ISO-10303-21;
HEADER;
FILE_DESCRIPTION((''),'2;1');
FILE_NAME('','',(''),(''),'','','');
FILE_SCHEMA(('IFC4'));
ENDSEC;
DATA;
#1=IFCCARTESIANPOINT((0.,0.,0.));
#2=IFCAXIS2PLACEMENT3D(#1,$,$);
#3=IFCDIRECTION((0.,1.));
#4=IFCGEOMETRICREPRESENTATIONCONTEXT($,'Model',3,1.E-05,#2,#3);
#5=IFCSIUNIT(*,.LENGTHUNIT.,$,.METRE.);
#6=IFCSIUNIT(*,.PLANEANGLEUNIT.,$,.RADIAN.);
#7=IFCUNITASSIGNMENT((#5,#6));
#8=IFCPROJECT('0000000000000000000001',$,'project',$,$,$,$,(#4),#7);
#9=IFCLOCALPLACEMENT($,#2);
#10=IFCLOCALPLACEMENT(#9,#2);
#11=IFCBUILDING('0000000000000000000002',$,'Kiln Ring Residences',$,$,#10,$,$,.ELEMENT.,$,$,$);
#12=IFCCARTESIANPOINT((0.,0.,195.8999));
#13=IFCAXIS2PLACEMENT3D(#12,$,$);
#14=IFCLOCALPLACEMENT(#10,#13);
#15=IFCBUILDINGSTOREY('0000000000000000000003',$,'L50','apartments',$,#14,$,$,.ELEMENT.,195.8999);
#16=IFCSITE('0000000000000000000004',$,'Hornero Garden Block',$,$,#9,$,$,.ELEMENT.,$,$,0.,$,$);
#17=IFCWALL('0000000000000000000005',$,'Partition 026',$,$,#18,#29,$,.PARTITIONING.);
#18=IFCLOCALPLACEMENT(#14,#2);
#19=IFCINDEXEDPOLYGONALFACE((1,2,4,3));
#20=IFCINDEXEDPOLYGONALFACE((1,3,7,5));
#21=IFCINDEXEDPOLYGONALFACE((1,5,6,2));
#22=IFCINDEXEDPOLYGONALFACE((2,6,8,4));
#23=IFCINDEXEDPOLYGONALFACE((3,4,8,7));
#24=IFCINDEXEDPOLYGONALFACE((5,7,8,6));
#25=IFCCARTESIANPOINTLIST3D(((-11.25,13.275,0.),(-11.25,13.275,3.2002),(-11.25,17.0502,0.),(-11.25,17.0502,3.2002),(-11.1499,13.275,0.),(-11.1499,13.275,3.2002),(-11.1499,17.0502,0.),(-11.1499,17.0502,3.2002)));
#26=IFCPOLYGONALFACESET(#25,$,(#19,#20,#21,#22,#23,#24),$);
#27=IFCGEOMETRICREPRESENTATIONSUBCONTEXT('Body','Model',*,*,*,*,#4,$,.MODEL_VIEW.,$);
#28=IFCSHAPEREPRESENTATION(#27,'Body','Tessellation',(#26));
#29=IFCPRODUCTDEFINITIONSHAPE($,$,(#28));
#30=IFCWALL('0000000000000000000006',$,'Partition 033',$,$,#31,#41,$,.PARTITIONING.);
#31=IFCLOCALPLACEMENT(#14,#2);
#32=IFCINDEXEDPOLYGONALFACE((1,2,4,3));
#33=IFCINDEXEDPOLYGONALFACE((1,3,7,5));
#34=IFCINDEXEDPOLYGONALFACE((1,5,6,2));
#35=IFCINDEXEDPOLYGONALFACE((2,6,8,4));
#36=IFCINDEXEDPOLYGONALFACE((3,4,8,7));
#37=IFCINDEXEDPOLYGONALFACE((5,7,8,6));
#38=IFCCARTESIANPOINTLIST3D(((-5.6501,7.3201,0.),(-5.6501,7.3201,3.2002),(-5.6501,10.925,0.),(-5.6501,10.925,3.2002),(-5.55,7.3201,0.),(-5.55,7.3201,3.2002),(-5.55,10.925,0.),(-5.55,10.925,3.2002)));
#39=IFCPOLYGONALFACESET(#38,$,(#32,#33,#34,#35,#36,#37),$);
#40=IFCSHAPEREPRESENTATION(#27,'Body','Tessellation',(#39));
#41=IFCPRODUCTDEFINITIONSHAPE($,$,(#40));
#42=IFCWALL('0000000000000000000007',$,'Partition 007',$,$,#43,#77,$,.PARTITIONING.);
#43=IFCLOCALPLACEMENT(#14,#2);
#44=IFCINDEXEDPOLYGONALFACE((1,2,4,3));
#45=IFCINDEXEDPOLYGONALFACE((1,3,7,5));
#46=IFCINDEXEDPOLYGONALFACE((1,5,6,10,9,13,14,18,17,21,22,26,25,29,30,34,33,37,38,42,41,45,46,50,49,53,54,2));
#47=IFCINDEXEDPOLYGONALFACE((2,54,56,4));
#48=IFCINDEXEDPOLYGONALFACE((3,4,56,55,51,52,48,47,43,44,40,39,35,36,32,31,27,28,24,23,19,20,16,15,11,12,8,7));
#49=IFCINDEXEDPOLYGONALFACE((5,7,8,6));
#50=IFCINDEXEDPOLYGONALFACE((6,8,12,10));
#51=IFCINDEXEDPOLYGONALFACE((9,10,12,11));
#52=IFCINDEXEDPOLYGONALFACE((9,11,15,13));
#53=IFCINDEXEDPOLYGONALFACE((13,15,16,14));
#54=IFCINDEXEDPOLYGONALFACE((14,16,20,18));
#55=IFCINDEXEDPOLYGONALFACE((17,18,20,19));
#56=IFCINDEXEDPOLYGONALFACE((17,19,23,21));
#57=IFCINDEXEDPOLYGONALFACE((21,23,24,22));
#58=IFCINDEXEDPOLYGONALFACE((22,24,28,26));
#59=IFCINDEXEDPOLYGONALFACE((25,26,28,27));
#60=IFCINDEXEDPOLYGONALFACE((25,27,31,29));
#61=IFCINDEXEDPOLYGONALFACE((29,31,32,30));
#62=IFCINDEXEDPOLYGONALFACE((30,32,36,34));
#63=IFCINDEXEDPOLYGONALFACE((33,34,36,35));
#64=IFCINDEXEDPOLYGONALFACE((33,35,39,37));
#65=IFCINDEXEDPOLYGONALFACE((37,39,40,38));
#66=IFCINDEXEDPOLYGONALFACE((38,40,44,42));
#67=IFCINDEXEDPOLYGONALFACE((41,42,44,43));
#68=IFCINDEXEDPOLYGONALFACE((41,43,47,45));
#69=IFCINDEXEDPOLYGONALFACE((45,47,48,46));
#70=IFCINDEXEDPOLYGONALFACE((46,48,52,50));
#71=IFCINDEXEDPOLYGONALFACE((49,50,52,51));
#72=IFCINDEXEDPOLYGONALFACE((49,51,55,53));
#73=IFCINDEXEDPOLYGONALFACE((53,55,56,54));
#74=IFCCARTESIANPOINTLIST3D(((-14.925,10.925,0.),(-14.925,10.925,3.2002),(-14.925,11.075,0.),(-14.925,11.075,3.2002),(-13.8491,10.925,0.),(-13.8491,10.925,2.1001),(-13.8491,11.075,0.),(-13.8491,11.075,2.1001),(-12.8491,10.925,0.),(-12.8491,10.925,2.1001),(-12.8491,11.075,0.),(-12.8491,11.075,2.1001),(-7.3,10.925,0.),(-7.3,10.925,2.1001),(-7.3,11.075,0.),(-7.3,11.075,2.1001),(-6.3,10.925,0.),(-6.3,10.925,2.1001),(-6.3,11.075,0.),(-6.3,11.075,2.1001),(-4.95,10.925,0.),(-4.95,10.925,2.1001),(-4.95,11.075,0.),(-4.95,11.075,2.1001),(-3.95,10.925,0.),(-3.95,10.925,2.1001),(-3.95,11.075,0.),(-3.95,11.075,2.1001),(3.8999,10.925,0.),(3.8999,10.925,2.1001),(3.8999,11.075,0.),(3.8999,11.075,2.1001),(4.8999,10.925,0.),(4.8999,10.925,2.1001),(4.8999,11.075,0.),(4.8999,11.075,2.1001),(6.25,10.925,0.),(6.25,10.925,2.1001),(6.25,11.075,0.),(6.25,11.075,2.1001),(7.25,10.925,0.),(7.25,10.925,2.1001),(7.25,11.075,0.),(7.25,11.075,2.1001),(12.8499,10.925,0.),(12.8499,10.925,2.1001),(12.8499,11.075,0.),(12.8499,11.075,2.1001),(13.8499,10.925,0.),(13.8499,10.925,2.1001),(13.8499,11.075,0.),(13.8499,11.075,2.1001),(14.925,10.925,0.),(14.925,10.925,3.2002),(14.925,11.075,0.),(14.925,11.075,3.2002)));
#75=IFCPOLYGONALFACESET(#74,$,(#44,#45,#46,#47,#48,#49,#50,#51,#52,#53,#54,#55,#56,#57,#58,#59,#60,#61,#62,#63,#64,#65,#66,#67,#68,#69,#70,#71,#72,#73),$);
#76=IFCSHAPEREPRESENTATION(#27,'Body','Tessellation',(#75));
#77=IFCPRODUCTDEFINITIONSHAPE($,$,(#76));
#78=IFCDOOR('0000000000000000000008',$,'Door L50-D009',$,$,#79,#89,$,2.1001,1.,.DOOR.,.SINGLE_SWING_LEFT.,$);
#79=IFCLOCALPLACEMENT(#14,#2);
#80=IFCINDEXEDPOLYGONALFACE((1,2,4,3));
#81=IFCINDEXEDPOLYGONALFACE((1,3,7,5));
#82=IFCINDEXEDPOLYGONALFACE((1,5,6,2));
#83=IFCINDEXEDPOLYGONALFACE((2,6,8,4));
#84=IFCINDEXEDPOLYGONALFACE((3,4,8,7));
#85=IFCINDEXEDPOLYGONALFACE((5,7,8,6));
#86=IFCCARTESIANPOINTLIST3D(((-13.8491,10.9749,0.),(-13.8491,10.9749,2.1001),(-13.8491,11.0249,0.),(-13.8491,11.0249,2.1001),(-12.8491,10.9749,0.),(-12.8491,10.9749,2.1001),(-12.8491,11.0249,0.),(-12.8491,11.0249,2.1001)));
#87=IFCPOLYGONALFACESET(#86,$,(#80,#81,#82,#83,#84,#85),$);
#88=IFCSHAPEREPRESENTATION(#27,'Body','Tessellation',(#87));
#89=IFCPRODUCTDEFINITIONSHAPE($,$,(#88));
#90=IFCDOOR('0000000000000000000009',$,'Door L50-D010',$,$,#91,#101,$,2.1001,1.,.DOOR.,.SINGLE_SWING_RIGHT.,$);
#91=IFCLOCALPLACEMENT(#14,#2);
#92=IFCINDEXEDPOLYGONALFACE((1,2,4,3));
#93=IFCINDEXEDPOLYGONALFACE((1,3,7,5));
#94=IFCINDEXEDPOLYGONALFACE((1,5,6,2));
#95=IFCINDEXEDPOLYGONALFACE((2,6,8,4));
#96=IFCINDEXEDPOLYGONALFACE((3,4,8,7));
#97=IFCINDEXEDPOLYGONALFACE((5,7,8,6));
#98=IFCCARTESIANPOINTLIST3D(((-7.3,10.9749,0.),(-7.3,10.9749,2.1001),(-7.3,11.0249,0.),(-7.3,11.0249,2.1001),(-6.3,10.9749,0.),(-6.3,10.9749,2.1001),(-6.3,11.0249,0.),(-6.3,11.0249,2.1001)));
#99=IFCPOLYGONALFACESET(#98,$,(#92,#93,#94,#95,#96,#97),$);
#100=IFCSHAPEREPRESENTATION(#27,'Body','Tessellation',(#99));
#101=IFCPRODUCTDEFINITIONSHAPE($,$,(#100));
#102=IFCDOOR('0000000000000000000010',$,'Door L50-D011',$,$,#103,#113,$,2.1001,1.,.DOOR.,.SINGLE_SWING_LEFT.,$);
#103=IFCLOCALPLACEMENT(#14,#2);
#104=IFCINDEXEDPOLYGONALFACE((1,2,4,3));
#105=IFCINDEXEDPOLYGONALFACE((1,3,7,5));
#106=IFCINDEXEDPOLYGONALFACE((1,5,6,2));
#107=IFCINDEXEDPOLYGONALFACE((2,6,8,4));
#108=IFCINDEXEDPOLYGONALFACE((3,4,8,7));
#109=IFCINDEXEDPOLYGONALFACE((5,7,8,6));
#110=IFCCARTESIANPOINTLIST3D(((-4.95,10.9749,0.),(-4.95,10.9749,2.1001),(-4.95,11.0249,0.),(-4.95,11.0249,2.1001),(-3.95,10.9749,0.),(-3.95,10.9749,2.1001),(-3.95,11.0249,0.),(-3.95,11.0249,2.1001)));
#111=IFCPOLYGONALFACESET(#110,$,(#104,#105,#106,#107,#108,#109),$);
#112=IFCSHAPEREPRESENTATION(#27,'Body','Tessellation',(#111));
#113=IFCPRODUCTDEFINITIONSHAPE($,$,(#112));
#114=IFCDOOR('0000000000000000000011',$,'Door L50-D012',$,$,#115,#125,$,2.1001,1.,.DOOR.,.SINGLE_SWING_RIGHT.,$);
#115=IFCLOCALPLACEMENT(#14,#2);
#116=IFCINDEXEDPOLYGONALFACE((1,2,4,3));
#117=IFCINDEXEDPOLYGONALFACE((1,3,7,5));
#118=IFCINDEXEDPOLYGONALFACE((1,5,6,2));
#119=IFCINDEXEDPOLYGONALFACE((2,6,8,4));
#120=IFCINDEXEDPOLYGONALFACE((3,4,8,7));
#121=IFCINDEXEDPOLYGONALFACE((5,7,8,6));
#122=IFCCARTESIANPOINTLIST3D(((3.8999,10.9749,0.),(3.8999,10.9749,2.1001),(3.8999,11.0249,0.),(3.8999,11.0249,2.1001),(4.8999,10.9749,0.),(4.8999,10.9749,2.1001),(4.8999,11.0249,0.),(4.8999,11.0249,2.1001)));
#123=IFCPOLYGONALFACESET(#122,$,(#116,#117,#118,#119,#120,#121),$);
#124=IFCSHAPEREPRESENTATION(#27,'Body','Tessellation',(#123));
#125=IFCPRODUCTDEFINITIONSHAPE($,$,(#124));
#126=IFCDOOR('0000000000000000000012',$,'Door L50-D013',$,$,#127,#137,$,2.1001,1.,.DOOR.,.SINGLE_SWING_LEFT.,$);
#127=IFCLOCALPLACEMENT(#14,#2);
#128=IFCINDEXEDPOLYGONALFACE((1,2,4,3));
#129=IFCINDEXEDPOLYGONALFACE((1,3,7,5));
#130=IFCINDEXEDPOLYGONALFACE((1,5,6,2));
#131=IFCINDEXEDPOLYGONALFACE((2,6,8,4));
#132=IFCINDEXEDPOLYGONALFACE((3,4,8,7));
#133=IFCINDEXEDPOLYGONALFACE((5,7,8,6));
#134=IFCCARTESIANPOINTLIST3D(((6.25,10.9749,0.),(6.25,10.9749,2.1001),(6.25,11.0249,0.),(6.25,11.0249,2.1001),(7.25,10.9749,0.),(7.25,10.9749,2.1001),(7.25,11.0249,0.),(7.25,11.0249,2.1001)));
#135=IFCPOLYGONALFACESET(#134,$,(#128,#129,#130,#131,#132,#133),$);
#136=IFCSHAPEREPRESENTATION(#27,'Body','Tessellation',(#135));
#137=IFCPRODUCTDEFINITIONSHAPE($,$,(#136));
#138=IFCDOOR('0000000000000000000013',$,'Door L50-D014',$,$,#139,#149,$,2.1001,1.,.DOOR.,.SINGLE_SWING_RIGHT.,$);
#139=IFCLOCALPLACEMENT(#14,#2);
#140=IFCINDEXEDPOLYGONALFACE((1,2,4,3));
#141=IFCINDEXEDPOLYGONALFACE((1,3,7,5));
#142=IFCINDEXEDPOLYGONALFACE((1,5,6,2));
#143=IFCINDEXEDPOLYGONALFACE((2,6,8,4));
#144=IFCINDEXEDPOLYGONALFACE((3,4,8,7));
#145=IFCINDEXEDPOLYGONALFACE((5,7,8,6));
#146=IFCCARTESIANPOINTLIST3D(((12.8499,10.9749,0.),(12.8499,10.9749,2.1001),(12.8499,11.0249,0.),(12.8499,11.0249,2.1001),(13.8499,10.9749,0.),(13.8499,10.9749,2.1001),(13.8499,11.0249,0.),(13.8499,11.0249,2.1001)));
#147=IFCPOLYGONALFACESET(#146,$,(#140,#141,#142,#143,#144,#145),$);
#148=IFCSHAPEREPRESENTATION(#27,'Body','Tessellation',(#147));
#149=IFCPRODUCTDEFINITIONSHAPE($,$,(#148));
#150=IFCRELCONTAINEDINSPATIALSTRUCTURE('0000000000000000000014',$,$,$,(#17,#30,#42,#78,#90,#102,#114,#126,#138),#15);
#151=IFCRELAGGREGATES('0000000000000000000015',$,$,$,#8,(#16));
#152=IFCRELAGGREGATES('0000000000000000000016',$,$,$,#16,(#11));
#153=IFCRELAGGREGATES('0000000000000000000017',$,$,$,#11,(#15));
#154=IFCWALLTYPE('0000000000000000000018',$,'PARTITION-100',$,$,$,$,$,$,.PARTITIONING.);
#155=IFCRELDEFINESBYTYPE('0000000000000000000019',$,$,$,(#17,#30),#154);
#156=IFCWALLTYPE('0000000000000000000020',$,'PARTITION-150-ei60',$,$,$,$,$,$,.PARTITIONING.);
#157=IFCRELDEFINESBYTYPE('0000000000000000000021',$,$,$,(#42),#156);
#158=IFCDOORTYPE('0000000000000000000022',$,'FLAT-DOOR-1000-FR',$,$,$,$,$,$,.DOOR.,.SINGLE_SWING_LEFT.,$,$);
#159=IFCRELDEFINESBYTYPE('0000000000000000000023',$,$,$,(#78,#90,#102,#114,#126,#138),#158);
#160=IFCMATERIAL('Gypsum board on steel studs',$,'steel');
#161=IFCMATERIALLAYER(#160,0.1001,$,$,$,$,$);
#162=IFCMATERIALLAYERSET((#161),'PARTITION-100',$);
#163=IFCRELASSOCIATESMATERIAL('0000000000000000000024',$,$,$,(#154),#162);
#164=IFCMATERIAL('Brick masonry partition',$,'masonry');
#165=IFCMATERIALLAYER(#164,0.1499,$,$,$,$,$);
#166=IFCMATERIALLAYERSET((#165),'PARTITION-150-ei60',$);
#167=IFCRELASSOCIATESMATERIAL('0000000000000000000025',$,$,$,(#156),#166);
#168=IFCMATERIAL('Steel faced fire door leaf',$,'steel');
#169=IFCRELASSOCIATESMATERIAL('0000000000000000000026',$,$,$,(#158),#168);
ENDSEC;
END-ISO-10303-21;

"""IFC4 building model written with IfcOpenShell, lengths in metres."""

from ifc_helpers import new_model, si_unit, direction, frame, frame_2d, origin, place, context, subcontext, project, spatial, rectangle, extrude, material, layer, layer_set, type_object, element, fill, save


model = new_model("IFC4")

# Units and contexts
model_context = context("Model", 3, precision=1e-05, world=origin(), true_north=direction((0.0, 1.0)))
body_context = subcontext(model_context, "Body", "Model", "MODEL_VIEW")
ifc_project = project(units=[si_unit("LENGTHUNIT", "METRE"), si_unit("PLANEANGLEUNIT", "RADIAN")], contexts=[model_context])

# Site, building, storey
site_placement = place(None, origin())
site = spatial("IfcSite", under=ifc_project, at=site_placement, Name="Hornero Garden Block", CompositionType="ELEMENT", RefElevation=0.0)
building_placement = place(site_placement, origin())
building = spatial("IfcBuilding", under=site, at=building_placement, Name="Kiln Ring Residences", CompositionType="ELEMENT")
storey_placement = place(building_placement, frame((0.0, 0.0, 195.8999)))
storey = spatial("IfcBuildingStorey", under=building, at=storey_placement, Name="L50", Description="apartments", CompositionType="ELEMENT", Elevation=195.8999)

# Walls
ifc_material_1 = material(Name="Gypsum board on steel studs", Category="steel")
ifc_layer_1 = layer(ifc_material_1, 0.1001)
ifc_layer_set_1 = layer_set([ifc_layer_1], Name="PARTITION-100")
wall_type_1 = type_object("IfcWallType", Name="PARTITION-100", PredefinedType="PARTITIONING", material=ifc_layer_set_1)
wall_1_placement = place(storey_placement, frame((-11.2, 13.2749, 0.0), z_axis=(0.0, 0.0, 1.0), x_axis=(0.0, 1.0, 0.0)))
element("IfcWall", 1, at=wall_1_placement, inside=storey, type_object=wall_type_1, Name="Partition 026", PredefinedType="PARTITIONING", context=body_context, shape_type="SweptSolid", body=[
    extrude(rectangle(XDim=3.7751, YDim=0.1001, at=frame_2d((1.8877, 0.0))), origin(), (0.0, 0.0, 1.0), 3.2002),
])
wall_2_placement = place(storey_placement, frame((-5.6001, 7.3201, 0.0), z_axis=(0.0, 0.0, 1.0), x_axis=(0.0, 1.0, 0.0)))
element("IfcWall", 2, at=wall_2_placement, inside=storey, type_object=wall_type_1, Name="Partition 033", PredefinedType="PARTITIONING", context=body_context, shape_type="SweptSolid", body=[
    extrude(rectangle(XDim=3.605, YDim=0.1001, at=frame_2d((1.8025, 0.0))), origin(), (0.0, 0.0, 1.0), 3.2002),
])

# Wall, openings, doors
ifc_material_2 = material(Name="Brick masonry partition", Category="masonry")
ifc_layer_2 = layer(ifc_material_2, 0.1499)
ifc_layer_set_2 = layer_set([ifc_layer_2], Name="PARTITION-150-ei60")
wall_type_2 = type_object("IfcWallType", Name="PARTITION-150-ei60", PredefinedType="PARTITIONING", material=ifc_layer_set_2)
wall_3_placement = place(storey_placement, frame((-14.925, 11.0, 0.0), z_axis=(0.0, 0.0, 1.0), x_axis=(1.0, 0.0, 0.0)))
wall_3 = element("IfcWall", 3, at=wall_3_placement, inside=storey, type_object=wall_type_2, Name="Partition 007", PredefinedType="PARTITIONING", context=body_context, shape_type="SweptSolid", body=[
    extrude(rectangle(XDim=29.8501, YDim=0.1499, at=frame_2d((14.925, 0.0))), origin(), (0.0, 0.0, 1.0), 3.2002),
])
opening_1_placement = place(wall_3_placement, frame((1.0759, 0.0, 0.0)))
opening_1 = element("IfcOpeningElement", 4, at=opening_1_placement, cuts=wall_3, PredefinedType="OPENING", context=body_context, shape_type="SweptSolid", body=[
    extrude(rectangle(XDim=1.0, YDim=2.1001, at=frame_2d((0.5, 1.05))), frame((0.0, 0.085, 0.0), z_axis=(0.0, -1.0, 0.0), x_axis=(1.0, 0.0, 0.0)), (0.0, 0.0, 1.0), 0.1699),
])
opening_2_placement = place(wall_3_placement, frame((7.625, 0.0, 0.0)))
opening_2 = element("IfcOpeningElement", 5, at=opening_2_placement, cuts=wall_3, PredefinedType="OPENING", context=body_context, shape_type="SweptSolid", body=[
    extrude(rectangle(XDim=1.0, YDim=2.1001, at=frame_2d((0.5, 1.05))), frame((0.0, 0.085, 0.0), z_axis=(0.0, -1.0, 0.0), x_axis=(1.0, 0.0, 0.0)), (0.0, 0.0, 1.0), 0.1699),
])
opening_3_placement = place(wall_3_placement, frame((9.9751, 0.0, 0.0)))
opening_3 = element("IfcOpeningElement", 6, at=opening_3_placement, cuts=wall_3, PredefinedType="OPENING", context=body_context, shape_type="SweptSolid", body=[
    extrude(rectangle(XDim=1.0, YDim=2.1001, at=frame_2d((0.5, 1.05))), frame((0.0, 0.085, 0.0), z_axis=(0.0, -1.0, 0.0), x_axis=(1.0, 0.0, 0.0)), (0.0, 0.0, 1.0), 0.1699),
])
opening_4_placement = place(wall_3_placement, frame((18.825, 0.0, 0.0)))
opening_4 = element("IfcOpeningElement", 7, at=opening_4_placement, cuts=wall_3, PredefinedType="OPENING", context=body_context, shape_type="SweptSolid", body=[
    extrude(rectangle(XDim=1.0, YDim=2.1001, at=frame_2d((0.5, 1.05))), frame((0.0, 0.085, 0.0), z_axis=(0.0, -1.0, 0.0), x_axis=(1.0, 0.0, 0.0)), (0.0, 0.0, 1.0), 0.1699),
])
opening_5_placement = place(wall_3_placement, frame((21.175, 0.0, 0.0)))
opening_5 = element("IfcOpeningElement", 8, at=opening_5_placement, cuts=wall_3, PredefinedType="OPENING", context=body_context, shape_type="SweptSolid", body=[
    extrude(rectangle(XDim=1.0, YDim=2.1001, at=frame_2d((0.5, 1.05))), frame((0.0, 0.085, 0.0), z_axis=(0.0, -1.0, 0.0), x_axis=(1.0, 0.0, 0.0)), (0.0, 0.0, 1.0), 0.1699),
])
opening_6_placement = place(wall_3_placement, frame((27.7749, 0.0, 0.0)))
opening_6 = element("IfcOpeningElement", 9, at=opening_6_placement, cuts=wall_3, PredefinedType="OPENING", context=body_context, shape_type="SweptSolid", body=[
    extrude(rectangle(XDim=1.0, YDim=2.1001, at=frame_2d((0.5, 1.05))), frame((0.0, 0.085, 0.0), z_axis=(0.0, -1.0, 0.0), x_axis=(1.0, 0.0, 0.0)), (0.0, 0.0, 1.0), 0.1699),
])
ifc_material_3 = material(Name="Steel faced fire door leaf", Category="steel")
door_type = type_object("IfcDoorType", Name="FLAT-DOOR-1000-FR", OperationType="SINGLE_SWING_LEFT", PredefinedType="DOOR", material=ifc_material_3)
door_1_placement = place(opening_1_placement, origin())
door_1 = element("IfcDoor", 10, at=door_1_placement, inside=storey, type_object=door_type, Name="Door L50-D009", OperationType="SINGLE_SWING_LEFT", OverallHeight=2.1001, OverallWidth=1.0, PredefinedType="DOOR", context=body_context, shape_type="SweptSolid", body=[
    extrude(rectangle(XDim=1.0, YDim=2.1001, at=frame_2d((0.5, 1.05))), frame((0.0, 0.0249, 0.0), z_axis=(0.0, -1.0, 0.0), x_axis=(1.0, 0.0, 0.0)), (0.0, 0.0, 1.0), 0.05),
])
fill(opening_1, door_1)
door_2_placement = place(opening_2_placement, origin())
door_2 = element("IfcDoor", 11, at=door_2_placement, inside=storey, type_object=door_type, Name="Door L50-D010", OperationType="SINGLE_SWING_RIGHT", OverallHeight=2.1001, OverallWidth=1.0, PredefinedType="DOOR", context=body_context, shape_type="SweptSolid", body=[
    extrude(rectangle(XDim=1.0, YDim=2.1001, at=frame_2d((0.5, 1.05))), frame((0.0, 0.0249, 0.0), z_axis=(0.0, -1.0, 0.0), x_axis=(1.0, 0.0, 0.0)), (0.0, 0.0, 1.0), 0.05),
])
fill(opening_2, door_2)
door_3_placement = place(opening_3_placement, origin())
door_3 = element("IfcDoor", 12, at=door_3_placement, inside=storey, type_object=door_type, Name="Door L50-D011", OperationType="SINGLE_SWING_LEFT", OverallHeight=2.1001, OverallWidth=1.0, PredefinedType="DOOR", context=body_context, shape_type="SweptSolid", body=[
    extrude(rectangle(XDim=1.0, YDim=2.1001, at=frame_2d((0.5, 1.05))), frame((0.0, 0.0249, 0.0), z_axis=(0.0, -1.0, 0.0), x_axis=(1.0, 0.0, 0.0)), (0.0, 0.0, 1.0), 0.05),
])
fill(opening_3, door_3)
door_4_placement = place(opening_4_placement, origin())
door_4 = element("IfcDoor", 13, at=door_4_placement, inside=storey, type_object=door_type, Name="Door L50-D012", OperationType="SINGLE_SWING_RIGHT", OverallHeight=2.1001, OverallWidth=1.0, PredefinedType="DOOR", context=body_context, shape_type="SweptSolid", body=[
    extrude(rectangle(XDim=1.0, YDim=2.1001, at=frame_2d((0.5, 1.05))), frame((0.0, 0.0249, 0.0), z_axis=(0.0, -1.0, 0.0), x_axis=(1.0, 0.0, 0.0)), (0.0, 0.0, 1.0), 0.05),
])
fill(opening_4, door_4)
door_5_placement = place(opening_5_placement, origin())
door_5 = element("IfcDoor", 14, at=door_5_placement, inside=storey, type_object=door_type, Name="Door L50-D013", OperationType="SINGLE_SWING_LEFT", OverallHeight=2.1001, OverallWidth=1.0, PredefinedType="DOOR", context=body_context, shape_type="SweptSolid", body=[
    extrude(rectangle(XDim=1.0, YDim=2.1001, at=frame_2d((0.5, 1.05))), frame((0.0, 0.0249, 0.0), z_axis=(0.0, -1.0, 0.0), x_axis=(1.0, 0.0, 0.0)), (0.0, 0.0, 1.0), 0.05),
])
fill(opening_5, door_5)
door_6_placement = place(opening_6_placement, origin())
door_6 = element("IfcDoor", 15, at=door_6_placement, inside=storey, type_object=door_type, Name="Door L50-D014", OperationType="SINGLE_SWING_RIGHT", OverallHeight=2.1001, OverallWidth=1.0, PredefinedType="DOOR", context=body_context, shape_type="SweptSolid", body=[
    extrude(rectangle(XDim=1.0, YDim=2.1001, at=frame_2d((0.5, 1.05))), frame((0.0, 0.0249, 0.0), z_axis=(0.0, -1.0, 0.0), x_axis=(1.0, 0.0, 0.0)), (0.0, 0.0, 1.0), 0.05),
])
fill(opening_6, door_6)

save(model, "model.ifc")
